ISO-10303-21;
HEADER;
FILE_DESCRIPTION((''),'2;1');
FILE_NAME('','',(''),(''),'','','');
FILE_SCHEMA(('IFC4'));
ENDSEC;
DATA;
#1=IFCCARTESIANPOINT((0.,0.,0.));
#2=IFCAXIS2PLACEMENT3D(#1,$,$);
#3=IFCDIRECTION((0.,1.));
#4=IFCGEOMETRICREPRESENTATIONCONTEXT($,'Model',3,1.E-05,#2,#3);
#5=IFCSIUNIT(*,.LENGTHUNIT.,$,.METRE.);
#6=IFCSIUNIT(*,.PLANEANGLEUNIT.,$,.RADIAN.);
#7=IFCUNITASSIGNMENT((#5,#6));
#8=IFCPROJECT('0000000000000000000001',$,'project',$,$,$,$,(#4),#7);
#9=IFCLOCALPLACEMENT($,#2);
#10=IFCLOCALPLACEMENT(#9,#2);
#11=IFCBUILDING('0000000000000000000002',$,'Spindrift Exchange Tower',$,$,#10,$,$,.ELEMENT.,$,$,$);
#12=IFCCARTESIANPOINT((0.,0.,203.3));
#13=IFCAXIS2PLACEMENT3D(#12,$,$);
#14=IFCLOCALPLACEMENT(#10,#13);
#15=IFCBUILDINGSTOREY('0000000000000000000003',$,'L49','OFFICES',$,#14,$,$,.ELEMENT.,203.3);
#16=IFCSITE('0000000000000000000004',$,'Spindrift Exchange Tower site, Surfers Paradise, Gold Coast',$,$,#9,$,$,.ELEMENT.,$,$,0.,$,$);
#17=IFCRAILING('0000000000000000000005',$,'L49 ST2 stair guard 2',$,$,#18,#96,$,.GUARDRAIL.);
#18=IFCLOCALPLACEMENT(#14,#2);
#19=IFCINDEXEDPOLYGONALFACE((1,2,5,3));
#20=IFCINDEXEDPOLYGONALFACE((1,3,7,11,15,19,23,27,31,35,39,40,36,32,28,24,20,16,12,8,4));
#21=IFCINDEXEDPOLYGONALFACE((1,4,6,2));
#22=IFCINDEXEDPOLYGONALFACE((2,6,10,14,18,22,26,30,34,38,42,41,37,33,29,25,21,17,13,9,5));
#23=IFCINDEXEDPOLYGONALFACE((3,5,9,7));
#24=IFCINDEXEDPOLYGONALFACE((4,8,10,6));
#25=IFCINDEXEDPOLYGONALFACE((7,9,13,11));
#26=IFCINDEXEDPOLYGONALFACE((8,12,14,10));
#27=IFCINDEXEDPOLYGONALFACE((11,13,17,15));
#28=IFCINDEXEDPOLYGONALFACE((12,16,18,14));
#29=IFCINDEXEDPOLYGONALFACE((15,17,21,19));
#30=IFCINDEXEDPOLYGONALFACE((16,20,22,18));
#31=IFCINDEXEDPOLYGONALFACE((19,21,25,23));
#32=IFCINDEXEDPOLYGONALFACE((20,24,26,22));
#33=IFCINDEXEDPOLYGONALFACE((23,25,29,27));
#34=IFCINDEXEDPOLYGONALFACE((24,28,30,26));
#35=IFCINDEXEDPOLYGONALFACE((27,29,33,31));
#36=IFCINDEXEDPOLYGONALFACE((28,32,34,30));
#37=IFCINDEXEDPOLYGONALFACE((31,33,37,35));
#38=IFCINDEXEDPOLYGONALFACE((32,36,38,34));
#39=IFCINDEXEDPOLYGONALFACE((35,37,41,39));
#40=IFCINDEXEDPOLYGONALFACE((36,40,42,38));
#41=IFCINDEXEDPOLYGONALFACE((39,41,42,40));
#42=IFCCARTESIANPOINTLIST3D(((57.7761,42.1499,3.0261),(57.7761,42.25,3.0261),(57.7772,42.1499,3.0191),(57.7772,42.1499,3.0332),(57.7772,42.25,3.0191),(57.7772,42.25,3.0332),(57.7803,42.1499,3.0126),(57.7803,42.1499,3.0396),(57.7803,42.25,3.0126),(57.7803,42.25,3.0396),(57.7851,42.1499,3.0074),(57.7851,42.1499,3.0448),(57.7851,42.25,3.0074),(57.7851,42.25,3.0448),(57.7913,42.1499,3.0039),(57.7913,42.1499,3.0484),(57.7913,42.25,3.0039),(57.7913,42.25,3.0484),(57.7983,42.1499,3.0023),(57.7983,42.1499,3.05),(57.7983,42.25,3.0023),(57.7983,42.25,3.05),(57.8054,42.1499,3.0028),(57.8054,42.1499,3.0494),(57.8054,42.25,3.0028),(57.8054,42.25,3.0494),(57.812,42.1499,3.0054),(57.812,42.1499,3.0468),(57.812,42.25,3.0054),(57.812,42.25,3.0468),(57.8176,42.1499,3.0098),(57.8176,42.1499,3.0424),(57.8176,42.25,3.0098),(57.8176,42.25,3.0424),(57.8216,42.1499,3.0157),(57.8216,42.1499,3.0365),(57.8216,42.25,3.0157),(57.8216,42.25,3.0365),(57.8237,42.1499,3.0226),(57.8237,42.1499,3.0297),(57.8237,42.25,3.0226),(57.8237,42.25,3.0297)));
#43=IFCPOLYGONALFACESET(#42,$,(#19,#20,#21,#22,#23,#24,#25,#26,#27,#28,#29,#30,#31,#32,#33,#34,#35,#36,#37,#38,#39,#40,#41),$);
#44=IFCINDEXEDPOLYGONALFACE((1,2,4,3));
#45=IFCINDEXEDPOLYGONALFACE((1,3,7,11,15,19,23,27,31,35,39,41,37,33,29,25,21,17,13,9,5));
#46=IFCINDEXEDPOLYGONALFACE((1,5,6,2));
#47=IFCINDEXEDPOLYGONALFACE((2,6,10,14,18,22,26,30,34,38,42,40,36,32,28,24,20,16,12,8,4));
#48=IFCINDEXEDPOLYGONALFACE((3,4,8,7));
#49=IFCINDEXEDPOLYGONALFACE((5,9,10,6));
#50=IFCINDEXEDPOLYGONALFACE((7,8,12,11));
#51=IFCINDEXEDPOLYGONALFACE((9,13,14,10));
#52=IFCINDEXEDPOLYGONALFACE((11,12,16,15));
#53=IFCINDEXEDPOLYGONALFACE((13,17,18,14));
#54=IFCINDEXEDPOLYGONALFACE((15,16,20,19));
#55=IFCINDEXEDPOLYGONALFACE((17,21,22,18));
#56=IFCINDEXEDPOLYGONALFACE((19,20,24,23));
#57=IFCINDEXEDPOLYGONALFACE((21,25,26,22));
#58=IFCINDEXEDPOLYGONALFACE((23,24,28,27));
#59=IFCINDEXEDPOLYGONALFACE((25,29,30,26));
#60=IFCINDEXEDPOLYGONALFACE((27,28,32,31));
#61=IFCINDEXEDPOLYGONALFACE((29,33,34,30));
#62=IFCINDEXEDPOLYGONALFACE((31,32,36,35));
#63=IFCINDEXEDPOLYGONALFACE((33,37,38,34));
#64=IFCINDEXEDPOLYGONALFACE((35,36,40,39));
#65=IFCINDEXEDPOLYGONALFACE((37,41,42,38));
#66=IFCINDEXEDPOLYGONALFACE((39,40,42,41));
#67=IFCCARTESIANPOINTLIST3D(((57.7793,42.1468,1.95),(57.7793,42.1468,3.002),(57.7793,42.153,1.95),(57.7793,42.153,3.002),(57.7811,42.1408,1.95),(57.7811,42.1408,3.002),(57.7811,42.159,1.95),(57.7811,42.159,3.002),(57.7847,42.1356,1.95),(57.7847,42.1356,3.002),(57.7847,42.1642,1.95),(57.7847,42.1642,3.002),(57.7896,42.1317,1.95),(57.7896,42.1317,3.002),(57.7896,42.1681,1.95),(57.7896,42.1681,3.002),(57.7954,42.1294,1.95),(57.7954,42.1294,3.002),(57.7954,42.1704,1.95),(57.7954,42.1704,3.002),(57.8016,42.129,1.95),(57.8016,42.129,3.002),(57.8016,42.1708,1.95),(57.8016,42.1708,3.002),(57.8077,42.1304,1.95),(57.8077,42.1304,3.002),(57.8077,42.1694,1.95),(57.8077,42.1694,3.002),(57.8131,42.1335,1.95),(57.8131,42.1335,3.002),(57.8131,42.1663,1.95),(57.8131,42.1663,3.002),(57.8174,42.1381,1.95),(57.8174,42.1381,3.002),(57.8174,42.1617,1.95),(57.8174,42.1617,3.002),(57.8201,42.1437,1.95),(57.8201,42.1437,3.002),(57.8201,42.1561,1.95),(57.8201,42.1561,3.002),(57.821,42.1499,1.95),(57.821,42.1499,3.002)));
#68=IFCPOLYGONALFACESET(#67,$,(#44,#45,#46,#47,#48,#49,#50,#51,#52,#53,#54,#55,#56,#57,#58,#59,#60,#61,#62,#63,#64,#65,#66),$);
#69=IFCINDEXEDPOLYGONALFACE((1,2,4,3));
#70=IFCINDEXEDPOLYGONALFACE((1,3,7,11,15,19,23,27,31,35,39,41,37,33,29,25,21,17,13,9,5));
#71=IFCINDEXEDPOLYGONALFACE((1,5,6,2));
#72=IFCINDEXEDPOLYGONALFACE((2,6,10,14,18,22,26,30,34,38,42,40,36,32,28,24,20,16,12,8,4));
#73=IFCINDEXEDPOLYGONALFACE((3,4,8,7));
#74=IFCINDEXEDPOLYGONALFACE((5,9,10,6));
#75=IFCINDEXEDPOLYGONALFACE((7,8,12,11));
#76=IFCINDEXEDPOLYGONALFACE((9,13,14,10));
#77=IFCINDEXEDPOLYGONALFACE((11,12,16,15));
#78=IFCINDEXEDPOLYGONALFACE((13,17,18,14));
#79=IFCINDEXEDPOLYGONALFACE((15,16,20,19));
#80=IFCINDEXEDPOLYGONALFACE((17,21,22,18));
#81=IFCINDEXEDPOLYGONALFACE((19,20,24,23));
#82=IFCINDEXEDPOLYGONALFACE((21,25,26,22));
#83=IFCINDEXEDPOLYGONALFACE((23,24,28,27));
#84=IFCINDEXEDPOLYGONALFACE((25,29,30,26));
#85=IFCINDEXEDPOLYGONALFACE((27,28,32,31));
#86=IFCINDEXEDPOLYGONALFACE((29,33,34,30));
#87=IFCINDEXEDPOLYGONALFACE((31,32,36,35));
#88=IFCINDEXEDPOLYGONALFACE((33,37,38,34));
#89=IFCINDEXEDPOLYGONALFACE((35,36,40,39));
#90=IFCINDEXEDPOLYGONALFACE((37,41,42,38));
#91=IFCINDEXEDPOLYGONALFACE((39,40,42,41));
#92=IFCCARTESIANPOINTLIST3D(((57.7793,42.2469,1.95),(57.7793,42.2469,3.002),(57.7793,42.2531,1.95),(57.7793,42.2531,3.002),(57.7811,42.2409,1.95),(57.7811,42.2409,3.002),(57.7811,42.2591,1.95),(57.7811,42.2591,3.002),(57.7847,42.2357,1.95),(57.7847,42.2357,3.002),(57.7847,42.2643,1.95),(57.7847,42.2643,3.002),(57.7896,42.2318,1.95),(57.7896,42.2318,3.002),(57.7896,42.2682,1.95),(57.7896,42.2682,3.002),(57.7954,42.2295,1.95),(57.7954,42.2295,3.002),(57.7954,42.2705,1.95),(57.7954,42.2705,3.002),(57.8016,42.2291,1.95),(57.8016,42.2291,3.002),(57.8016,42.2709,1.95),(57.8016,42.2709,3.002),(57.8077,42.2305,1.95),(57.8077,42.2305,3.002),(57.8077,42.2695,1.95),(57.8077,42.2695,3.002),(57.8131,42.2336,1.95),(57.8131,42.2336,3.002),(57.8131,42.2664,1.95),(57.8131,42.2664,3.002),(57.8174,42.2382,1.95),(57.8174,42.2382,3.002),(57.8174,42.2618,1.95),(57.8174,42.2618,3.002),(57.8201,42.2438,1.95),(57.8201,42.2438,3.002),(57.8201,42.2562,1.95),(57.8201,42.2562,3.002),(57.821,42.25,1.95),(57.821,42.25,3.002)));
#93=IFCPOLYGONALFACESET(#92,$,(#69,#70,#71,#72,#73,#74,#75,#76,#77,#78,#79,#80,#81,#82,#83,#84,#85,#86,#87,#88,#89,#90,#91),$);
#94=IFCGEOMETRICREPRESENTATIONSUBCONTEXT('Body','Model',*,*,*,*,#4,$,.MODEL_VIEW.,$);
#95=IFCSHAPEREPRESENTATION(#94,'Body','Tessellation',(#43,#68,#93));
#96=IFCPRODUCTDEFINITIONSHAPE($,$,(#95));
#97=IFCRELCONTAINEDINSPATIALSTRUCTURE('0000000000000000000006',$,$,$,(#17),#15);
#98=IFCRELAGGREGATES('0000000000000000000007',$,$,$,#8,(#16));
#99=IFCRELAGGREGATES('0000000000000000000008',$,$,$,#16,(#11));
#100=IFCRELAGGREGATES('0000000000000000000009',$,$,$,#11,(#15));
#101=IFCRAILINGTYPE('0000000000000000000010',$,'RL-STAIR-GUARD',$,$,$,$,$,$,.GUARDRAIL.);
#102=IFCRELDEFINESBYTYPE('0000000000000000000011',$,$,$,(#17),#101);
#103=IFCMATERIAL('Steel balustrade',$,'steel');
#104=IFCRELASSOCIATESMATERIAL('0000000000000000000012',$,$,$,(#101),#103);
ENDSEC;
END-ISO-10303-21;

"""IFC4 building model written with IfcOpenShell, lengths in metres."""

from ifc_helpers import new_model, si_unit, direction, frame, origin, origin_2d, place, context, subcontext, project, spatial, circle, extrude, material, type_object, element, save


model = new_model("IFC4")

# Units and contexts
model_context = context("Model", 3, precision=1e-05, world=origin(), true_north=direction((0.0, 1.0)))
body_context = subcontext(model_context, "Body", "Model", "MODEL_VIEW")
ifc_project = project(units=[si_unit("LENGTHUNIT", "METRE"), si_unit("PLANEANGLEUNIT", "RADIAN")], contexts=[model_context])

# Site, building, storey
site_placement = place(None, origin())
site = spatial("IfcSite", under=ifc_project, at=site_placement, Name="Spindrift Exchange Tower site, Surfers Paradise, Gold Coast", CompositionType="ELEMENT", RefElevation=0.0)
building_placement = place(site_placement, origin())
building = spatial("IfcBuilding", under=site, at=building_placement, Name="Spindrift Exchange Tower", CompositionType="ELEMENT")
storey_placement = place(building_placement, frame((0.0, 0.0, 203.3)))
storey = spatial("IfcBuildingStorey", under=building, at=storey_placement, Name="L49", Description="OFFICES", CompositionType="ELEMENT", Elevation=203.3)

# Railing
ifc_material_1 = material(Name="Steel balustrade", Category="steel")
railing_type_1 = type_object("IfcRailingType", Name="RL-STAIR-GUARD", PredefinedType="GUARDRAIL", material=ifc_material_1)
railing_1_placement = place(storey_placement, frame((57.8, 42.1499, 1.95)))
element("IfcRailing", 1, at=railing_1_placement, inside=storey, type_object=railing_type_1, Name="L49 ST2 stair guard 2", PredefinedType="GUARDRAIL", context=body_context, shape_type="SweptSolid", body=[
    extrude(circle(Radius=0.0239, at=origin_2d()), frame((0.0, 0.0, 1.0762), z_axis=(0.0, 1.0, 0.0), x_axis=(-1.0, 0.0, 0.0)), (0.0, 0.0, 1.0), 0.1001),
    extrude(circle(Radius=0.021, at=origin_2d()), origin(), (0.0, 0.0, 1.0), 1.052),
    extrude(circle(Radius=0.021, at=origin_2d()), frame((0.0, 0.1001, 0.0)), (0.0, 0.0, 1.0), 1.052),
])

save(model, "model.ifc")
